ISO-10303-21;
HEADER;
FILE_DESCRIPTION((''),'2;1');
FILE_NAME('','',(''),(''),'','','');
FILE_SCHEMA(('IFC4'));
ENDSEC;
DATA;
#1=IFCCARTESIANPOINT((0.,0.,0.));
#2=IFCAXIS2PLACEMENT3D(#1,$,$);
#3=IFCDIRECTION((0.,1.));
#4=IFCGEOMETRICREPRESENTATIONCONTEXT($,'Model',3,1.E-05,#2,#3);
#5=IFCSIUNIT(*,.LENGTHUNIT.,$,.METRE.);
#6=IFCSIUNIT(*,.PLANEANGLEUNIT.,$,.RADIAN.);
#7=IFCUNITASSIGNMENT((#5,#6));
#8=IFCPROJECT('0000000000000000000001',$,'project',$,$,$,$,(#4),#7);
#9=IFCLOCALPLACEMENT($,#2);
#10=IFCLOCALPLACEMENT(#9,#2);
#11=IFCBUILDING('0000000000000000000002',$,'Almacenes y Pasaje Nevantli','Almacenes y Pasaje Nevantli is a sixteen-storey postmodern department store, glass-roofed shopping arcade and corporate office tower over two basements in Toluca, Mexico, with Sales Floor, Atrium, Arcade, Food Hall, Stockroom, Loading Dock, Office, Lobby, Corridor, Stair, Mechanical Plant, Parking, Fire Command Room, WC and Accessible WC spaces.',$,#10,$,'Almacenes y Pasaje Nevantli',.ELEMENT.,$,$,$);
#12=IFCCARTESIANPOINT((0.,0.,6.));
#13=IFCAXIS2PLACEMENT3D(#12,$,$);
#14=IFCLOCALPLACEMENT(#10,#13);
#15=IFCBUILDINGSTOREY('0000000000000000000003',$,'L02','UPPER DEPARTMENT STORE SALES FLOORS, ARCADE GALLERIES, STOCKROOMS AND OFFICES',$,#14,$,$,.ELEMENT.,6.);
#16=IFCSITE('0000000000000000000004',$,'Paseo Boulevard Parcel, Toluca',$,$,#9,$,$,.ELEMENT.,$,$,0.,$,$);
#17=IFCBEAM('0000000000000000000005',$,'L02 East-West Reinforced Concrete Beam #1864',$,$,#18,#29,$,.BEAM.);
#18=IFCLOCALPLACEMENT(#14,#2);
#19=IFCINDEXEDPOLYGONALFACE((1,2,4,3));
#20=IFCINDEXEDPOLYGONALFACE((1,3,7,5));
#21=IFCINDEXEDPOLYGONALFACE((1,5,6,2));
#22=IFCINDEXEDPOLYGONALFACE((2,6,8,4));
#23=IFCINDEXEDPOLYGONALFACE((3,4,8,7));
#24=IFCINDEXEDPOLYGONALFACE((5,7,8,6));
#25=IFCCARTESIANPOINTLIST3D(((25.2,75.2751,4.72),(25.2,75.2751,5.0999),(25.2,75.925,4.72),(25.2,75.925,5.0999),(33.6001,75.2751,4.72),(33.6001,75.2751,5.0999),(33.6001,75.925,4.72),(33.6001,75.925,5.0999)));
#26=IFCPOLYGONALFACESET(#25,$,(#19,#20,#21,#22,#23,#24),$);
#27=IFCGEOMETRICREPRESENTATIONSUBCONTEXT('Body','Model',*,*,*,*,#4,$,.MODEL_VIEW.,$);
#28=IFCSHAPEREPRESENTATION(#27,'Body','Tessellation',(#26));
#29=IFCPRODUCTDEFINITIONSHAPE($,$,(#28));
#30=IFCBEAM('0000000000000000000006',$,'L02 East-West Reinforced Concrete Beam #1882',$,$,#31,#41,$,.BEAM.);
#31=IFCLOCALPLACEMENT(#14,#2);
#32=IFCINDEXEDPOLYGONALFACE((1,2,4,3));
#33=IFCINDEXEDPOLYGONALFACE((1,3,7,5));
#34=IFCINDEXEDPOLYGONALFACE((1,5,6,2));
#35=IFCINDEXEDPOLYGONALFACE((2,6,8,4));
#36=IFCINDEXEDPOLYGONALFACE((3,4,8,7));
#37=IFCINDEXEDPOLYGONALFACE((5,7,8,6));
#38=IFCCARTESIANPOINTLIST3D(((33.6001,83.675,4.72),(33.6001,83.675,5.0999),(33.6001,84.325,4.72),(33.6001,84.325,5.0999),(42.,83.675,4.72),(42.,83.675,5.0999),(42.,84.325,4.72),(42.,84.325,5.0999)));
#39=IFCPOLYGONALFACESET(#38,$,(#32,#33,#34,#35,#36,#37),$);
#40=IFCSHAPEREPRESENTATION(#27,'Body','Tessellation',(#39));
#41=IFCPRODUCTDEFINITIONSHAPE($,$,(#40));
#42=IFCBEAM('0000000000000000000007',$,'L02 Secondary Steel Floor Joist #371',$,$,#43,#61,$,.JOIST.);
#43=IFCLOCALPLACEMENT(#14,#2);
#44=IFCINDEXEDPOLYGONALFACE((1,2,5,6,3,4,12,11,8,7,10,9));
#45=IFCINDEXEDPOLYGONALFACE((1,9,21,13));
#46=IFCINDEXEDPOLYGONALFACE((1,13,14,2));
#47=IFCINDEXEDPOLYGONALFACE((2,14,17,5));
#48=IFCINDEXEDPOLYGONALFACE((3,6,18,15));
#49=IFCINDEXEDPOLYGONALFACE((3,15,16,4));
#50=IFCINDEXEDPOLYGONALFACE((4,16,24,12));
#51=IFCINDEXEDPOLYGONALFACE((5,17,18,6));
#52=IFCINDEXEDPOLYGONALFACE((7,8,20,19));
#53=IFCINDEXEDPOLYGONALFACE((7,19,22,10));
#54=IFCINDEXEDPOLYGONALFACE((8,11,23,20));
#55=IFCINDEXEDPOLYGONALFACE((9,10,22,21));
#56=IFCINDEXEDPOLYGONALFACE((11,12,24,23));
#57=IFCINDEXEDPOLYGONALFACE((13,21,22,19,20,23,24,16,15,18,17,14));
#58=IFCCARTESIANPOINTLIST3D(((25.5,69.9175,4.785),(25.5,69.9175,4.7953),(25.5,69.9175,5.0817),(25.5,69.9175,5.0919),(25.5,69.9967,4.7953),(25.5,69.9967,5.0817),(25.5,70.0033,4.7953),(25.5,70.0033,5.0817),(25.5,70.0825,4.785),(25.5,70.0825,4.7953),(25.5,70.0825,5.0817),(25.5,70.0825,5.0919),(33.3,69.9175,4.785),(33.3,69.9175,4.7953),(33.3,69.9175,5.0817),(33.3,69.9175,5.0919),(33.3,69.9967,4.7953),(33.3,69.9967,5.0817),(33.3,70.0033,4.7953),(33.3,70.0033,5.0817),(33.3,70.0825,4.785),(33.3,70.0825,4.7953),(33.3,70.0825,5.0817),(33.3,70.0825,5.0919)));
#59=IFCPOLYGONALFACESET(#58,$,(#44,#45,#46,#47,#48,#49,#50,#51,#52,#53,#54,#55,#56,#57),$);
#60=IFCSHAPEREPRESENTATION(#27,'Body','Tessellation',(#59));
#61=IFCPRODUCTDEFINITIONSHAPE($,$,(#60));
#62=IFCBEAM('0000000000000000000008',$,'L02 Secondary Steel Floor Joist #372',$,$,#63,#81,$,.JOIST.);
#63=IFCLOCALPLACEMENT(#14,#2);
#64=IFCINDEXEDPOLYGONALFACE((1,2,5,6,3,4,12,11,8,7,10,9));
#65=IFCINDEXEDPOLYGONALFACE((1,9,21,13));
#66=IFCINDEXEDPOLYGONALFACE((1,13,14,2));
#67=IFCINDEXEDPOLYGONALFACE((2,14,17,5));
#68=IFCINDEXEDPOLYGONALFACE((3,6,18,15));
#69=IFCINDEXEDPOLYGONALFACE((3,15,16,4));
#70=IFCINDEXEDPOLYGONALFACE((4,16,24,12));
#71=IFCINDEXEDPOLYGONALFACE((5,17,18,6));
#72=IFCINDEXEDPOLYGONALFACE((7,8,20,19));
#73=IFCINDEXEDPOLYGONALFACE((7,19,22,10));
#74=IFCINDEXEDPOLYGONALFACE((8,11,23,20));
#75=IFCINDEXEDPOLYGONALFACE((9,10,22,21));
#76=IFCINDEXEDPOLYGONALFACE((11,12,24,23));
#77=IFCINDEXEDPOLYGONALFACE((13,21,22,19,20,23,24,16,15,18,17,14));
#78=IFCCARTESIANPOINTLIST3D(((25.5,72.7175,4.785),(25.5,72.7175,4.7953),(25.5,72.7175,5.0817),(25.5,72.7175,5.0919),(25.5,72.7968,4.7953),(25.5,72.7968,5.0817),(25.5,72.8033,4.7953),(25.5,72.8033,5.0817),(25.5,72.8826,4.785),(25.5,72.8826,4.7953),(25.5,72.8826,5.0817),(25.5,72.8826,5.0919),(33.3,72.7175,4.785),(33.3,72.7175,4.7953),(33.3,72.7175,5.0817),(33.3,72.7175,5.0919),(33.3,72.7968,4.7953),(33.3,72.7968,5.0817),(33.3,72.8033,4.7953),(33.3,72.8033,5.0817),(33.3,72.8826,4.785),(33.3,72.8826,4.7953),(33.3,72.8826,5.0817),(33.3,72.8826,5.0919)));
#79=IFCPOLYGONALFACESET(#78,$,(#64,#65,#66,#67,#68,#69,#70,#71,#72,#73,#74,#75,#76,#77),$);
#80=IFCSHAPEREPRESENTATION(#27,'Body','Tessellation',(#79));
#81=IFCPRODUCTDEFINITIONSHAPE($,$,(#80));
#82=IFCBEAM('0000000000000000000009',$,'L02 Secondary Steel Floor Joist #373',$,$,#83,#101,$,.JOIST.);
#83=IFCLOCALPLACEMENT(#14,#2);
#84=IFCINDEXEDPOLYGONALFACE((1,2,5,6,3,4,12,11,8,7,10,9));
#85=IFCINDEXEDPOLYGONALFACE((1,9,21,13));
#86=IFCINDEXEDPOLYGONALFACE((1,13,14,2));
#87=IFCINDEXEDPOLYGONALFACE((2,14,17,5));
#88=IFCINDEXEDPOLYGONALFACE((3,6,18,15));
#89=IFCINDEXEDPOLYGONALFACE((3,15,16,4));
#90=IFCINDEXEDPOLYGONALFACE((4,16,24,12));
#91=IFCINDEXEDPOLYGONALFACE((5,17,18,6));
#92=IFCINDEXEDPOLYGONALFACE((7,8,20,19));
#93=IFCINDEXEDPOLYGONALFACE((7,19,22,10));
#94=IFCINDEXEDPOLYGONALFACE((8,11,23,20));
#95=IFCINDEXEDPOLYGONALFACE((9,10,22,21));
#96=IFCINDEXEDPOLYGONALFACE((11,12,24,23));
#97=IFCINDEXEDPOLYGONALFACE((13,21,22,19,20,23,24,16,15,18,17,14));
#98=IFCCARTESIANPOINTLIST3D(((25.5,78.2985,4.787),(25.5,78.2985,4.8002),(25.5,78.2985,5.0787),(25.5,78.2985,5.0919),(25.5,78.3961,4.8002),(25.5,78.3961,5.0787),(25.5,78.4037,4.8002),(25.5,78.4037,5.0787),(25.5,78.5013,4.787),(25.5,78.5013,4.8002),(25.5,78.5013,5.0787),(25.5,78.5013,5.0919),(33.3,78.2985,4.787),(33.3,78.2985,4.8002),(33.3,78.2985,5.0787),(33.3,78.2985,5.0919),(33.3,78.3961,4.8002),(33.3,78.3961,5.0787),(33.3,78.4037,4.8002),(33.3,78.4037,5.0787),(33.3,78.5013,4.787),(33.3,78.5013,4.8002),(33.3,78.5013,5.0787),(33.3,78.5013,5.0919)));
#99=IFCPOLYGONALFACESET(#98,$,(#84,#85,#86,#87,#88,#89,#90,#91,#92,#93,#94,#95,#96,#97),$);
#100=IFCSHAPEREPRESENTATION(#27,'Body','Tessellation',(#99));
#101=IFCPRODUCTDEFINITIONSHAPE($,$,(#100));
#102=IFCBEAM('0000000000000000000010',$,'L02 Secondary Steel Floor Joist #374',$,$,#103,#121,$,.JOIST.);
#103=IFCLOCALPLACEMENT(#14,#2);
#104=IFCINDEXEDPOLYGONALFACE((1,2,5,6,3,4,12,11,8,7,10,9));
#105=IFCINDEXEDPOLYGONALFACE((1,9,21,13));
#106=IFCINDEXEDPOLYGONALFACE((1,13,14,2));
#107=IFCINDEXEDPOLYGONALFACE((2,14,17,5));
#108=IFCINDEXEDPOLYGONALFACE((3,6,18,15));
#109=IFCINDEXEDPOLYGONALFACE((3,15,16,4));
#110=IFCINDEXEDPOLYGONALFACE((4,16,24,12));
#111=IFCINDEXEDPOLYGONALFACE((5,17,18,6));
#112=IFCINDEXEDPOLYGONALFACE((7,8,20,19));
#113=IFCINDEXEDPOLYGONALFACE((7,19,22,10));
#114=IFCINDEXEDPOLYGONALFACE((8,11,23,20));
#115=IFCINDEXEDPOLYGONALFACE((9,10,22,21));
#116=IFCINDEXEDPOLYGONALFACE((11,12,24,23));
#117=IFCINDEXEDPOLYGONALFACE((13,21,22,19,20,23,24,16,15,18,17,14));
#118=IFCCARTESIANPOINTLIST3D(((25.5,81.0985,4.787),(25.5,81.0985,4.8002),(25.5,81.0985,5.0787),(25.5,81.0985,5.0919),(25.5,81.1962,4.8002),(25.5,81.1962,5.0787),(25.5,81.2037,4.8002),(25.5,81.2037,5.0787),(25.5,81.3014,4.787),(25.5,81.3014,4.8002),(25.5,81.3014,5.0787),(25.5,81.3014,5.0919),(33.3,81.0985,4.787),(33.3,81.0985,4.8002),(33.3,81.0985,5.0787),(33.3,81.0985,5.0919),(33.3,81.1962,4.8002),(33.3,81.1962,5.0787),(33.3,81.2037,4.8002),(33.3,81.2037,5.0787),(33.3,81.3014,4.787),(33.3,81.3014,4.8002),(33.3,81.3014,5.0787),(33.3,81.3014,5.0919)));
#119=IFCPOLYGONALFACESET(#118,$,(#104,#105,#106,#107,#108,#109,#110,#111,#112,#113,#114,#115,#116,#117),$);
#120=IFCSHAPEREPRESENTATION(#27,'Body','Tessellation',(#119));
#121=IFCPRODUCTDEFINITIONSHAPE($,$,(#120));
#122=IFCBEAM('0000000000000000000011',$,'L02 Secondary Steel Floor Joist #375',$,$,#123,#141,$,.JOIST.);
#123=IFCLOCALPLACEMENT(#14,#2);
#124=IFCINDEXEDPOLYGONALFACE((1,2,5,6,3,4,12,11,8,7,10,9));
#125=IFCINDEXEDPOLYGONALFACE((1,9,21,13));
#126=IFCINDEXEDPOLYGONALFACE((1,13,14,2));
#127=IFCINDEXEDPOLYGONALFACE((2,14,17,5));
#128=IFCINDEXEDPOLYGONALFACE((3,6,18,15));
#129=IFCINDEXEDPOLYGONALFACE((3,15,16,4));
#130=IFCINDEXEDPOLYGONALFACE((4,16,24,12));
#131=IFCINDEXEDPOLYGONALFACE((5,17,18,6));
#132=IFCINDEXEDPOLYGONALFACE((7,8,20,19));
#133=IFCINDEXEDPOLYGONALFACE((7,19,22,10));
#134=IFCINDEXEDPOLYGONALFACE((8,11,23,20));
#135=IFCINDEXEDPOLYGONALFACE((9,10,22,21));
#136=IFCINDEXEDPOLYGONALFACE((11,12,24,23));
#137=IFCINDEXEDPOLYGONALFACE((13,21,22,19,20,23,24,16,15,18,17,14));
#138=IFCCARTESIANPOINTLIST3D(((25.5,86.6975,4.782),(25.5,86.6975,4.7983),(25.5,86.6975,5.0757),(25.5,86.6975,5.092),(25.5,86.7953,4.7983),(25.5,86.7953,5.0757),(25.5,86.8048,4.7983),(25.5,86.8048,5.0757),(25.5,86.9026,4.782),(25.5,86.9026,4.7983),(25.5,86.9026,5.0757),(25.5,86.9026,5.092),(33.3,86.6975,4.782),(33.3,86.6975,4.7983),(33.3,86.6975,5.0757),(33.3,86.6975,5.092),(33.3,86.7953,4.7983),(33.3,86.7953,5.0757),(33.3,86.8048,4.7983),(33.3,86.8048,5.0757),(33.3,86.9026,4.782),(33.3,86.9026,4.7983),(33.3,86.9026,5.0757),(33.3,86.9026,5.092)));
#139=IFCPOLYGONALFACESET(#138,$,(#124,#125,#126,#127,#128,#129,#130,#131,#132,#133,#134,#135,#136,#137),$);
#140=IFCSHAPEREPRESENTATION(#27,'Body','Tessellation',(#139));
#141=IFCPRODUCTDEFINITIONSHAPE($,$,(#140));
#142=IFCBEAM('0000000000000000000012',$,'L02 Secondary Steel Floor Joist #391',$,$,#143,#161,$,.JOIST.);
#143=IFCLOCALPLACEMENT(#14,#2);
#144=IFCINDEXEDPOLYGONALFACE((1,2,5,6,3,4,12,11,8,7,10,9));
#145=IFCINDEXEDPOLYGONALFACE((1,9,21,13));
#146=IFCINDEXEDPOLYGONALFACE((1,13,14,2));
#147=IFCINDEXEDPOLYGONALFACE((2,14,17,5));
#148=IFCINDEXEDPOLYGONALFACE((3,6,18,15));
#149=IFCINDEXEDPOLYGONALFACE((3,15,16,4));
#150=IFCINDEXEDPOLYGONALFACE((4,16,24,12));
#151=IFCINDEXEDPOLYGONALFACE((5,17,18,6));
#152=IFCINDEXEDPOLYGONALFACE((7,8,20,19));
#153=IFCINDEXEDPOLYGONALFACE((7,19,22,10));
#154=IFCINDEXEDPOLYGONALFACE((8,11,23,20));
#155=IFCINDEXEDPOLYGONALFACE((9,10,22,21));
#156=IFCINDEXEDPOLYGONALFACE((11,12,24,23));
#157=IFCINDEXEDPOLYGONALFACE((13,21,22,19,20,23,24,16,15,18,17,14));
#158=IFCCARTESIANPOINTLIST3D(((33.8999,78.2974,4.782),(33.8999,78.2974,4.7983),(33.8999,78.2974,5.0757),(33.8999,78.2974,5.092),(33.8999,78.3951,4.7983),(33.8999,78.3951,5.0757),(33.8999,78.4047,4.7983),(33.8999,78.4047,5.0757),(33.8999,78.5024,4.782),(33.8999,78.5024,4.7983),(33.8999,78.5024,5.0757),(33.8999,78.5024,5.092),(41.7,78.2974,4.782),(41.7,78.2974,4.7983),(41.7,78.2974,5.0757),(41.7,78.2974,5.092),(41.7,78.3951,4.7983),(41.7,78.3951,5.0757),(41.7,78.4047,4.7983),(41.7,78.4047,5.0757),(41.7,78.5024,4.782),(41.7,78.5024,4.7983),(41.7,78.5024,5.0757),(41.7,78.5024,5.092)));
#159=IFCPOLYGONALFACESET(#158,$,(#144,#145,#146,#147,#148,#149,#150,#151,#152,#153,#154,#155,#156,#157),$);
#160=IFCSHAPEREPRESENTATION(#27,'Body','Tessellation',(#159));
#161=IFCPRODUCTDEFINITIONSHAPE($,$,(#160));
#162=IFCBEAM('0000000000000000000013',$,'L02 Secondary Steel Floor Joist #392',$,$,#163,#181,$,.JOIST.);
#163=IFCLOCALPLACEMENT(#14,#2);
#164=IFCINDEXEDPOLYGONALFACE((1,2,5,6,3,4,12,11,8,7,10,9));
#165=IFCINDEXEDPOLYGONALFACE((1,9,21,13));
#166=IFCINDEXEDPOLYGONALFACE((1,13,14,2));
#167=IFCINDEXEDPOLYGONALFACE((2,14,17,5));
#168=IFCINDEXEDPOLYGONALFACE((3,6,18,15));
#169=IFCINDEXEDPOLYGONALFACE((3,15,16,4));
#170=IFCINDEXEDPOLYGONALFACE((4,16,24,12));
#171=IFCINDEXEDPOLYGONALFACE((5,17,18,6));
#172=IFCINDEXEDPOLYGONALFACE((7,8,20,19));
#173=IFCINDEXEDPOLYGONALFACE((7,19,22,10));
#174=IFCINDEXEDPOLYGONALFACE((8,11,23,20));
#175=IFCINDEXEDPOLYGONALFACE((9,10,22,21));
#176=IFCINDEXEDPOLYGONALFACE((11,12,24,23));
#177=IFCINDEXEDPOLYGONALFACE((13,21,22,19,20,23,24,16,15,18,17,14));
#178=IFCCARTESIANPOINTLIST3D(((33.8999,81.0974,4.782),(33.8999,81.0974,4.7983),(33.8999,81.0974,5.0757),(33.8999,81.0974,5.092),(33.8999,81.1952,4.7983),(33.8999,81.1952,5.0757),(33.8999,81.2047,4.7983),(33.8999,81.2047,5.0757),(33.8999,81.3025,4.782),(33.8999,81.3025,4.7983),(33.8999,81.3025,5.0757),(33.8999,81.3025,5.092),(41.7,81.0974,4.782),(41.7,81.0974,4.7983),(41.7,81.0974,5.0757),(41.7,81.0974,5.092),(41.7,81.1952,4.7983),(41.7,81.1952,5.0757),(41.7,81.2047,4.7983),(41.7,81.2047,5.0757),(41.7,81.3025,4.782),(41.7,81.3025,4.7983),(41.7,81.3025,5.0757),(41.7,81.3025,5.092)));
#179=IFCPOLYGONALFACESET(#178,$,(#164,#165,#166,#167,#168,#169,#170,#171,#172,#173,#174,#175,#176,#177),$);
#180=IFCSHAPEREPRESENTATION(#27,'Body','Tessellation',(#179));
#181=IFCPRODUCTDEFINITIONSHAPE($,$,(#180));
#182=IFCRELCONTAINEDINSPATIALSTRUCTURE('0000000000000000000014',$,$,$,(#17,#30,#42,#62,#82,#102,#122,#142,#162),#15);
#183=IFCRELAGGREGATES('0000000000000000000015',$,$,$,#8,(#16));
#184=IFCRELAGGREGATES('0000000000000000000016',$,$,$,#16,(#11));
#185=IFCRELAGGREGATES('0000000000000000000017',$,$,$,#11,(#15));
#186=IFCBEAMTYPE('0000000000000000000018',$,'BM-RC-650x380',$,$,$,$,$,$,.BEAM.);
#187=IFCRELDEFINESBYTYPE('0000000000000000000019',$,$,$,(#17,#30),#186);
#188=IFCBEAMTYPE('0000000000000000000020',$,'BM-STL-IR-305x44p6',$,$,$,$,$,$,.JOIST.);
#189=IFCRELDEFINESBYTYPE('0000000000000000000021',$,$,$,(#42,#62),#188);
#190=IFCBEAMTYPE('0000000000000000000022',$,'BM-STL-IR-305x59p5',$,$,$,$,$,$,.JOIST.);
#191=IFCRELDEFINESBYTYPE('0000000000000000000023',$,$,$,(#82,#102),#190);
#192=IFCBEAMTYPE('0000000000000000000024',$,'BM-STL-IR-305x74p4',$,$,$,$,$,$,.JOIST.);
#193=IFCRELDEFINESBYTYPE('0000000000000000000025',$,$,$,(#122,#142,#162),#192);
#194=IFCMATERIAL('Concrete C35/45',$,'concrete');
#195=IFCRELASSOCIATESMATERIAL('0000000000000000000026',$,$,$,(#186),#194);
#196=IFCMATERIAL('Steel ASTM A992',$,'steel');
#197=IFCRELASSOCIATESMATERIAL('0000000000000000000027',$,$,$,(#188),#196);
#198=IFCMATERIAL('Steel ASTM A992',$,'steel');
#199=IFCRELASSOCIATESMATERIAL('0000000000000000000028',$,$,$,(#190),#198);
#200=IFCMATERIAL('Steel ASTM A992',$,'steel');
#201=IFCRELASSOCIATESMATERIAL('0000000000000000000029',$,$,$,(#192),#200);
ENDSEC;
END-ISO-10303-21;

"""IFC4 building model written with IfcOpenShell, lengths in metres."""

from ifc_helpers import new_model, si_unit, direction, frame, origin, origin_2d, place, context, subcontext, project, spatial, rectangle, i_section, extrude, material, material_profile, profile_set, type_object, element, save


model = new_model("IFC4")

# Units and contexts
model_context = context("Model", 3, precision=1e-05, world=origin(), true_north=direction((0.0, 1.0)))
body_context = subcontext(model_context, "Body", "Model", "MODEL_VIEW")
ifc_project = project(units=[si_unit("LENGTHUNIT", "METRE"), si_unit("PLANEANGLEUNIT", "RADIAN")], contexts=[model_context])

# Site, building, storey
site_placement = place(None, origin())
site = spatial("IfcSite", under=ifc_project, at=site_placement, Name="Paseo Boulevard Parcel, Toluca", CompositionType="ELEMENT", RefElevation=0.0)
building_placement = place(site_placement, origin())
building = spatial("IfcBuilding", under=site, at=building_placement, Name="Almacenes y Pasaje Nevantli", Description="Almacenes y Pasaje Nevantli is a sixteen-storey postmodern department store, glass-roofed shopping arcade and corporate office tower over two basements in Toluca, Mexico, with Sales Floor, Atrium, Arcade, Food Hall, Stockroom, Loading Dock, Office, Lobby, Corridor, Stair, Mechanical Plant, Parking, Fire Command Room, WC and Accessible WC spaces.", LongName="Almacenes y Pasaje Nevantli", CompositionType="ELEMENT")
storey_placement = place(building_placement, frame((0.0, 0.0, 6.0)))
storey = spatial("IfcBuildingStorey", under=building, at=storey_placement, Name="L02", Description="UPPER DEPARTMENT STORE SALES FLOORS, ARCADE GALLERIES, STOCKROOMS AND OFFICES", CompositionType="ELEMENT", Elevation=6.0)

# Beams
ifc_material_1 = material(Name="Concrete C35/45", Category="concrete")
ifc_material_profile_1 = material_profile(ifc_material_1, rectangle(XDim=0.6499, YDim=0.3799, at=origin_2d()), Name="RC-BM-650x380")
ifc_profile_set_1 = profile_set([ifc_material_profile_1], Name="Concrete C35/45")
beam_type_1 = type_object("IfcBeamType", Name="BM-RC-650x380", PredefinedType="BEAM", material=ifc_profile_set_1)
beam_1_placement = place(storey_placement, frame((25.2, 75.6001, 4.9099), z_axis=(1.0, 0.0, 0.0), x_axis=(0.0, 1.0, 0.0)))
element("IfcBeam", 1, at=beam_1_placement, inside=storey, type_object=beam_type_1, Name="L02 East-West Reinforced Concrete Beam #1864", PredefinedType="BEAM", context=body_context, shape_type="SweptSolid", body=[
    extrude(rectangle(XDim=0.6499, YDim=0.3799, at=origin_2d()), origin(), (0.0, 0.0, 1.0), 8.4001),
])
beam_2_placement = place(storey_placement, frame((33.6001, 84.0, 4.9099), z_axis=(1.0, 0.0, 0.0), x_axis=(0.0, 1.0, 0.0)))
element("IfcBeam", 2, at=beam_2_placement, inside=storey, type_object=beam_type_1, Name="L02 East-West Reinforced Concrete Beam #1882", PredefinedType="BEAM", context=body_context, shape_type="SweptSolid", body=[
    extrude(rectangle(XDim=0.6499, YDim=0.3799, at=origin_2d()), origin(), (0.0, 0.0, 1.0), 8.3999),
])
ifc_material_2 = material(Name="Steel ASTM A992", Category="steel")
ifc_material_profile_2 = material_profile(ifc_material_2, i_section(OverallWidth=0.165, OverallDepth=0.3069, WebThickness=0.0066, FlangeThickness=0.0103, at=origin_2d()), Name="IR 305x44.6")
ifc_profile_set_2 = profile_set([ifc_material_profile_2], Name="Steel ASTM A992")
beam_type_2 = type_object("IfcBeamType", Name="BM-STL-IR-305x44p6", PredefinedType="JOIST", material=ifc_profile_set_2)
for number, where, z_axis, x_axis, name in (
    (3, (25.5, 70.0, 4.9385), (1.0, 0.0, 0.0), (0.0, 1.0, 0.0), "L02 Secondary Steel Floor Joist #371"),
    (4, (25.5, 72.8, 4.9385), (1.0, 0.0, 0.0), (0.0, 1.0, 0.0), "L02 Secondary Steel Floor Joist #372"),
):
    element("IfcBeam", number, at=place(storey_placement, frame(where, z_axis=z_axis, x_axis=x_axis)), inside=storey, type_object=beam_type_2, Name=name, PredefinedType="JOIST", context=body_context, shape_type="SweptSolid", body=[
        extrude(i_section(OverallWidth=0.165, OverallDepth=0.3069, WebThickness=0.0066, FlangeThickness=0.0103, at=origin_2d()), origin(), (0.0, 0.0, 1.0), 7.8),
    ])
ifc_material_3 = material(Name="Steel ASTM A992", Category="steel")
ifc_material_profile_3 = material_profile(ifc_material_3, i_section(OverallWidth=0.2029, OverallDepth=0.3049, WebThickness=0.0076, FlangeThickness=0.0132, at=origin_2d()), Name="IR 305x59.5")
ifc_profile_set_3 = profile_set([ifc_material_profile_3], Name="Steel ASTM A992")
beam_type_3 = type_object("IfcBeamType", Name="BM-STL-IR-305x59p5", PredefinedType="JOIST", material=ifc_profile_set_3)
for number, where, z_axis, x_axis, name in (
    (5, (25.5, 78.3999, 4.9395), (1.0, 0.0, 0.0), (0.0, 1.0, 0.0), "L02 Secondary Steel Floor Joist #373"),
    (6, (25.5, 81.2, 4.9395), (1.0, 0.0, 0.0), (0.0, 1.0, 0.0), "L02 Secondary Steel Floor Joist #374"),
):
    element("IfcBeam", number, at=place(storey_placement, frame(where, z_axis=z_axis, x_axis=x_axis)), inside=storey, type_object=beam_type_3, Name=name, PredefinedType="JOIST", context=body_context, shape_type="SweptSolid", body=[
        extrude(i_section(OverallWidth=0.2029, OverallDepth=0.3049, WebThickness=0.0076, FlangeThickness=0.0132, at=origin_2d()), origin(), (0.0, 0.0, 1.0), 7.8),
    ])
ifc_material_4 = material(Name="Steel ASTM A992", Category="steel")
ifc_material_profile_4 = material_profile(ifc_material_4, i_section(OverallWidth=0.2051, OverallDepth=0.3101, WebThickness=0.0095, FlangeThickness=0.0164, at=origin_2d()), Name="IR 305x74.4")
ifc_profile_set_4 = profile_set([ifc_material_profile_4], Name="Steel ASTM A992")
beam_type_4 = type_object("IfcBeamType", Name="BM-STL-IR-305x74p4", PredefinedType="JOIST", material=ifc_profile_set_4)
for number, where, z_axis, x_axis, name in (
    (7, (25.5, 86.8, 4.937), (1.0, 0.0, 0.0), (0.0, 1.0, 0.0), "L02 Secondary Steel Floor Joist #375"),
    (8, (33.8999, 78.3999, 4.937), (1.0, 0.0, 0.0), (0.0, 1.0, 0.0), "L02 Secondary Steel Floor Joist #391"),
    (9, (33.8999, 81.2, 4.937), (1.0, 0.0, 0.0), (0.0, 1.0, 0.0), "L02 Secondary Steel Floor Joist #392"),
):
    element("IfcBeam", number, at=place(storey_placement, frame(where, z_axis=z_axis, x_axis=x_axis)), inside=storey, type_object=beam_type_4, Name=name, PredefinedType="JOIST", context=body_context, shape_type="SweptSolid", body=[
        extrude(i_section(OverallWidth=0.2051, OverallDepth=0.3101, WebThickness=0.0095, FlangeThickness=0.0164, at=origin_2d()), origin(), (0.0, 0.0, 1.0), 7.8),
    ])

save(model, "model.ifc")
